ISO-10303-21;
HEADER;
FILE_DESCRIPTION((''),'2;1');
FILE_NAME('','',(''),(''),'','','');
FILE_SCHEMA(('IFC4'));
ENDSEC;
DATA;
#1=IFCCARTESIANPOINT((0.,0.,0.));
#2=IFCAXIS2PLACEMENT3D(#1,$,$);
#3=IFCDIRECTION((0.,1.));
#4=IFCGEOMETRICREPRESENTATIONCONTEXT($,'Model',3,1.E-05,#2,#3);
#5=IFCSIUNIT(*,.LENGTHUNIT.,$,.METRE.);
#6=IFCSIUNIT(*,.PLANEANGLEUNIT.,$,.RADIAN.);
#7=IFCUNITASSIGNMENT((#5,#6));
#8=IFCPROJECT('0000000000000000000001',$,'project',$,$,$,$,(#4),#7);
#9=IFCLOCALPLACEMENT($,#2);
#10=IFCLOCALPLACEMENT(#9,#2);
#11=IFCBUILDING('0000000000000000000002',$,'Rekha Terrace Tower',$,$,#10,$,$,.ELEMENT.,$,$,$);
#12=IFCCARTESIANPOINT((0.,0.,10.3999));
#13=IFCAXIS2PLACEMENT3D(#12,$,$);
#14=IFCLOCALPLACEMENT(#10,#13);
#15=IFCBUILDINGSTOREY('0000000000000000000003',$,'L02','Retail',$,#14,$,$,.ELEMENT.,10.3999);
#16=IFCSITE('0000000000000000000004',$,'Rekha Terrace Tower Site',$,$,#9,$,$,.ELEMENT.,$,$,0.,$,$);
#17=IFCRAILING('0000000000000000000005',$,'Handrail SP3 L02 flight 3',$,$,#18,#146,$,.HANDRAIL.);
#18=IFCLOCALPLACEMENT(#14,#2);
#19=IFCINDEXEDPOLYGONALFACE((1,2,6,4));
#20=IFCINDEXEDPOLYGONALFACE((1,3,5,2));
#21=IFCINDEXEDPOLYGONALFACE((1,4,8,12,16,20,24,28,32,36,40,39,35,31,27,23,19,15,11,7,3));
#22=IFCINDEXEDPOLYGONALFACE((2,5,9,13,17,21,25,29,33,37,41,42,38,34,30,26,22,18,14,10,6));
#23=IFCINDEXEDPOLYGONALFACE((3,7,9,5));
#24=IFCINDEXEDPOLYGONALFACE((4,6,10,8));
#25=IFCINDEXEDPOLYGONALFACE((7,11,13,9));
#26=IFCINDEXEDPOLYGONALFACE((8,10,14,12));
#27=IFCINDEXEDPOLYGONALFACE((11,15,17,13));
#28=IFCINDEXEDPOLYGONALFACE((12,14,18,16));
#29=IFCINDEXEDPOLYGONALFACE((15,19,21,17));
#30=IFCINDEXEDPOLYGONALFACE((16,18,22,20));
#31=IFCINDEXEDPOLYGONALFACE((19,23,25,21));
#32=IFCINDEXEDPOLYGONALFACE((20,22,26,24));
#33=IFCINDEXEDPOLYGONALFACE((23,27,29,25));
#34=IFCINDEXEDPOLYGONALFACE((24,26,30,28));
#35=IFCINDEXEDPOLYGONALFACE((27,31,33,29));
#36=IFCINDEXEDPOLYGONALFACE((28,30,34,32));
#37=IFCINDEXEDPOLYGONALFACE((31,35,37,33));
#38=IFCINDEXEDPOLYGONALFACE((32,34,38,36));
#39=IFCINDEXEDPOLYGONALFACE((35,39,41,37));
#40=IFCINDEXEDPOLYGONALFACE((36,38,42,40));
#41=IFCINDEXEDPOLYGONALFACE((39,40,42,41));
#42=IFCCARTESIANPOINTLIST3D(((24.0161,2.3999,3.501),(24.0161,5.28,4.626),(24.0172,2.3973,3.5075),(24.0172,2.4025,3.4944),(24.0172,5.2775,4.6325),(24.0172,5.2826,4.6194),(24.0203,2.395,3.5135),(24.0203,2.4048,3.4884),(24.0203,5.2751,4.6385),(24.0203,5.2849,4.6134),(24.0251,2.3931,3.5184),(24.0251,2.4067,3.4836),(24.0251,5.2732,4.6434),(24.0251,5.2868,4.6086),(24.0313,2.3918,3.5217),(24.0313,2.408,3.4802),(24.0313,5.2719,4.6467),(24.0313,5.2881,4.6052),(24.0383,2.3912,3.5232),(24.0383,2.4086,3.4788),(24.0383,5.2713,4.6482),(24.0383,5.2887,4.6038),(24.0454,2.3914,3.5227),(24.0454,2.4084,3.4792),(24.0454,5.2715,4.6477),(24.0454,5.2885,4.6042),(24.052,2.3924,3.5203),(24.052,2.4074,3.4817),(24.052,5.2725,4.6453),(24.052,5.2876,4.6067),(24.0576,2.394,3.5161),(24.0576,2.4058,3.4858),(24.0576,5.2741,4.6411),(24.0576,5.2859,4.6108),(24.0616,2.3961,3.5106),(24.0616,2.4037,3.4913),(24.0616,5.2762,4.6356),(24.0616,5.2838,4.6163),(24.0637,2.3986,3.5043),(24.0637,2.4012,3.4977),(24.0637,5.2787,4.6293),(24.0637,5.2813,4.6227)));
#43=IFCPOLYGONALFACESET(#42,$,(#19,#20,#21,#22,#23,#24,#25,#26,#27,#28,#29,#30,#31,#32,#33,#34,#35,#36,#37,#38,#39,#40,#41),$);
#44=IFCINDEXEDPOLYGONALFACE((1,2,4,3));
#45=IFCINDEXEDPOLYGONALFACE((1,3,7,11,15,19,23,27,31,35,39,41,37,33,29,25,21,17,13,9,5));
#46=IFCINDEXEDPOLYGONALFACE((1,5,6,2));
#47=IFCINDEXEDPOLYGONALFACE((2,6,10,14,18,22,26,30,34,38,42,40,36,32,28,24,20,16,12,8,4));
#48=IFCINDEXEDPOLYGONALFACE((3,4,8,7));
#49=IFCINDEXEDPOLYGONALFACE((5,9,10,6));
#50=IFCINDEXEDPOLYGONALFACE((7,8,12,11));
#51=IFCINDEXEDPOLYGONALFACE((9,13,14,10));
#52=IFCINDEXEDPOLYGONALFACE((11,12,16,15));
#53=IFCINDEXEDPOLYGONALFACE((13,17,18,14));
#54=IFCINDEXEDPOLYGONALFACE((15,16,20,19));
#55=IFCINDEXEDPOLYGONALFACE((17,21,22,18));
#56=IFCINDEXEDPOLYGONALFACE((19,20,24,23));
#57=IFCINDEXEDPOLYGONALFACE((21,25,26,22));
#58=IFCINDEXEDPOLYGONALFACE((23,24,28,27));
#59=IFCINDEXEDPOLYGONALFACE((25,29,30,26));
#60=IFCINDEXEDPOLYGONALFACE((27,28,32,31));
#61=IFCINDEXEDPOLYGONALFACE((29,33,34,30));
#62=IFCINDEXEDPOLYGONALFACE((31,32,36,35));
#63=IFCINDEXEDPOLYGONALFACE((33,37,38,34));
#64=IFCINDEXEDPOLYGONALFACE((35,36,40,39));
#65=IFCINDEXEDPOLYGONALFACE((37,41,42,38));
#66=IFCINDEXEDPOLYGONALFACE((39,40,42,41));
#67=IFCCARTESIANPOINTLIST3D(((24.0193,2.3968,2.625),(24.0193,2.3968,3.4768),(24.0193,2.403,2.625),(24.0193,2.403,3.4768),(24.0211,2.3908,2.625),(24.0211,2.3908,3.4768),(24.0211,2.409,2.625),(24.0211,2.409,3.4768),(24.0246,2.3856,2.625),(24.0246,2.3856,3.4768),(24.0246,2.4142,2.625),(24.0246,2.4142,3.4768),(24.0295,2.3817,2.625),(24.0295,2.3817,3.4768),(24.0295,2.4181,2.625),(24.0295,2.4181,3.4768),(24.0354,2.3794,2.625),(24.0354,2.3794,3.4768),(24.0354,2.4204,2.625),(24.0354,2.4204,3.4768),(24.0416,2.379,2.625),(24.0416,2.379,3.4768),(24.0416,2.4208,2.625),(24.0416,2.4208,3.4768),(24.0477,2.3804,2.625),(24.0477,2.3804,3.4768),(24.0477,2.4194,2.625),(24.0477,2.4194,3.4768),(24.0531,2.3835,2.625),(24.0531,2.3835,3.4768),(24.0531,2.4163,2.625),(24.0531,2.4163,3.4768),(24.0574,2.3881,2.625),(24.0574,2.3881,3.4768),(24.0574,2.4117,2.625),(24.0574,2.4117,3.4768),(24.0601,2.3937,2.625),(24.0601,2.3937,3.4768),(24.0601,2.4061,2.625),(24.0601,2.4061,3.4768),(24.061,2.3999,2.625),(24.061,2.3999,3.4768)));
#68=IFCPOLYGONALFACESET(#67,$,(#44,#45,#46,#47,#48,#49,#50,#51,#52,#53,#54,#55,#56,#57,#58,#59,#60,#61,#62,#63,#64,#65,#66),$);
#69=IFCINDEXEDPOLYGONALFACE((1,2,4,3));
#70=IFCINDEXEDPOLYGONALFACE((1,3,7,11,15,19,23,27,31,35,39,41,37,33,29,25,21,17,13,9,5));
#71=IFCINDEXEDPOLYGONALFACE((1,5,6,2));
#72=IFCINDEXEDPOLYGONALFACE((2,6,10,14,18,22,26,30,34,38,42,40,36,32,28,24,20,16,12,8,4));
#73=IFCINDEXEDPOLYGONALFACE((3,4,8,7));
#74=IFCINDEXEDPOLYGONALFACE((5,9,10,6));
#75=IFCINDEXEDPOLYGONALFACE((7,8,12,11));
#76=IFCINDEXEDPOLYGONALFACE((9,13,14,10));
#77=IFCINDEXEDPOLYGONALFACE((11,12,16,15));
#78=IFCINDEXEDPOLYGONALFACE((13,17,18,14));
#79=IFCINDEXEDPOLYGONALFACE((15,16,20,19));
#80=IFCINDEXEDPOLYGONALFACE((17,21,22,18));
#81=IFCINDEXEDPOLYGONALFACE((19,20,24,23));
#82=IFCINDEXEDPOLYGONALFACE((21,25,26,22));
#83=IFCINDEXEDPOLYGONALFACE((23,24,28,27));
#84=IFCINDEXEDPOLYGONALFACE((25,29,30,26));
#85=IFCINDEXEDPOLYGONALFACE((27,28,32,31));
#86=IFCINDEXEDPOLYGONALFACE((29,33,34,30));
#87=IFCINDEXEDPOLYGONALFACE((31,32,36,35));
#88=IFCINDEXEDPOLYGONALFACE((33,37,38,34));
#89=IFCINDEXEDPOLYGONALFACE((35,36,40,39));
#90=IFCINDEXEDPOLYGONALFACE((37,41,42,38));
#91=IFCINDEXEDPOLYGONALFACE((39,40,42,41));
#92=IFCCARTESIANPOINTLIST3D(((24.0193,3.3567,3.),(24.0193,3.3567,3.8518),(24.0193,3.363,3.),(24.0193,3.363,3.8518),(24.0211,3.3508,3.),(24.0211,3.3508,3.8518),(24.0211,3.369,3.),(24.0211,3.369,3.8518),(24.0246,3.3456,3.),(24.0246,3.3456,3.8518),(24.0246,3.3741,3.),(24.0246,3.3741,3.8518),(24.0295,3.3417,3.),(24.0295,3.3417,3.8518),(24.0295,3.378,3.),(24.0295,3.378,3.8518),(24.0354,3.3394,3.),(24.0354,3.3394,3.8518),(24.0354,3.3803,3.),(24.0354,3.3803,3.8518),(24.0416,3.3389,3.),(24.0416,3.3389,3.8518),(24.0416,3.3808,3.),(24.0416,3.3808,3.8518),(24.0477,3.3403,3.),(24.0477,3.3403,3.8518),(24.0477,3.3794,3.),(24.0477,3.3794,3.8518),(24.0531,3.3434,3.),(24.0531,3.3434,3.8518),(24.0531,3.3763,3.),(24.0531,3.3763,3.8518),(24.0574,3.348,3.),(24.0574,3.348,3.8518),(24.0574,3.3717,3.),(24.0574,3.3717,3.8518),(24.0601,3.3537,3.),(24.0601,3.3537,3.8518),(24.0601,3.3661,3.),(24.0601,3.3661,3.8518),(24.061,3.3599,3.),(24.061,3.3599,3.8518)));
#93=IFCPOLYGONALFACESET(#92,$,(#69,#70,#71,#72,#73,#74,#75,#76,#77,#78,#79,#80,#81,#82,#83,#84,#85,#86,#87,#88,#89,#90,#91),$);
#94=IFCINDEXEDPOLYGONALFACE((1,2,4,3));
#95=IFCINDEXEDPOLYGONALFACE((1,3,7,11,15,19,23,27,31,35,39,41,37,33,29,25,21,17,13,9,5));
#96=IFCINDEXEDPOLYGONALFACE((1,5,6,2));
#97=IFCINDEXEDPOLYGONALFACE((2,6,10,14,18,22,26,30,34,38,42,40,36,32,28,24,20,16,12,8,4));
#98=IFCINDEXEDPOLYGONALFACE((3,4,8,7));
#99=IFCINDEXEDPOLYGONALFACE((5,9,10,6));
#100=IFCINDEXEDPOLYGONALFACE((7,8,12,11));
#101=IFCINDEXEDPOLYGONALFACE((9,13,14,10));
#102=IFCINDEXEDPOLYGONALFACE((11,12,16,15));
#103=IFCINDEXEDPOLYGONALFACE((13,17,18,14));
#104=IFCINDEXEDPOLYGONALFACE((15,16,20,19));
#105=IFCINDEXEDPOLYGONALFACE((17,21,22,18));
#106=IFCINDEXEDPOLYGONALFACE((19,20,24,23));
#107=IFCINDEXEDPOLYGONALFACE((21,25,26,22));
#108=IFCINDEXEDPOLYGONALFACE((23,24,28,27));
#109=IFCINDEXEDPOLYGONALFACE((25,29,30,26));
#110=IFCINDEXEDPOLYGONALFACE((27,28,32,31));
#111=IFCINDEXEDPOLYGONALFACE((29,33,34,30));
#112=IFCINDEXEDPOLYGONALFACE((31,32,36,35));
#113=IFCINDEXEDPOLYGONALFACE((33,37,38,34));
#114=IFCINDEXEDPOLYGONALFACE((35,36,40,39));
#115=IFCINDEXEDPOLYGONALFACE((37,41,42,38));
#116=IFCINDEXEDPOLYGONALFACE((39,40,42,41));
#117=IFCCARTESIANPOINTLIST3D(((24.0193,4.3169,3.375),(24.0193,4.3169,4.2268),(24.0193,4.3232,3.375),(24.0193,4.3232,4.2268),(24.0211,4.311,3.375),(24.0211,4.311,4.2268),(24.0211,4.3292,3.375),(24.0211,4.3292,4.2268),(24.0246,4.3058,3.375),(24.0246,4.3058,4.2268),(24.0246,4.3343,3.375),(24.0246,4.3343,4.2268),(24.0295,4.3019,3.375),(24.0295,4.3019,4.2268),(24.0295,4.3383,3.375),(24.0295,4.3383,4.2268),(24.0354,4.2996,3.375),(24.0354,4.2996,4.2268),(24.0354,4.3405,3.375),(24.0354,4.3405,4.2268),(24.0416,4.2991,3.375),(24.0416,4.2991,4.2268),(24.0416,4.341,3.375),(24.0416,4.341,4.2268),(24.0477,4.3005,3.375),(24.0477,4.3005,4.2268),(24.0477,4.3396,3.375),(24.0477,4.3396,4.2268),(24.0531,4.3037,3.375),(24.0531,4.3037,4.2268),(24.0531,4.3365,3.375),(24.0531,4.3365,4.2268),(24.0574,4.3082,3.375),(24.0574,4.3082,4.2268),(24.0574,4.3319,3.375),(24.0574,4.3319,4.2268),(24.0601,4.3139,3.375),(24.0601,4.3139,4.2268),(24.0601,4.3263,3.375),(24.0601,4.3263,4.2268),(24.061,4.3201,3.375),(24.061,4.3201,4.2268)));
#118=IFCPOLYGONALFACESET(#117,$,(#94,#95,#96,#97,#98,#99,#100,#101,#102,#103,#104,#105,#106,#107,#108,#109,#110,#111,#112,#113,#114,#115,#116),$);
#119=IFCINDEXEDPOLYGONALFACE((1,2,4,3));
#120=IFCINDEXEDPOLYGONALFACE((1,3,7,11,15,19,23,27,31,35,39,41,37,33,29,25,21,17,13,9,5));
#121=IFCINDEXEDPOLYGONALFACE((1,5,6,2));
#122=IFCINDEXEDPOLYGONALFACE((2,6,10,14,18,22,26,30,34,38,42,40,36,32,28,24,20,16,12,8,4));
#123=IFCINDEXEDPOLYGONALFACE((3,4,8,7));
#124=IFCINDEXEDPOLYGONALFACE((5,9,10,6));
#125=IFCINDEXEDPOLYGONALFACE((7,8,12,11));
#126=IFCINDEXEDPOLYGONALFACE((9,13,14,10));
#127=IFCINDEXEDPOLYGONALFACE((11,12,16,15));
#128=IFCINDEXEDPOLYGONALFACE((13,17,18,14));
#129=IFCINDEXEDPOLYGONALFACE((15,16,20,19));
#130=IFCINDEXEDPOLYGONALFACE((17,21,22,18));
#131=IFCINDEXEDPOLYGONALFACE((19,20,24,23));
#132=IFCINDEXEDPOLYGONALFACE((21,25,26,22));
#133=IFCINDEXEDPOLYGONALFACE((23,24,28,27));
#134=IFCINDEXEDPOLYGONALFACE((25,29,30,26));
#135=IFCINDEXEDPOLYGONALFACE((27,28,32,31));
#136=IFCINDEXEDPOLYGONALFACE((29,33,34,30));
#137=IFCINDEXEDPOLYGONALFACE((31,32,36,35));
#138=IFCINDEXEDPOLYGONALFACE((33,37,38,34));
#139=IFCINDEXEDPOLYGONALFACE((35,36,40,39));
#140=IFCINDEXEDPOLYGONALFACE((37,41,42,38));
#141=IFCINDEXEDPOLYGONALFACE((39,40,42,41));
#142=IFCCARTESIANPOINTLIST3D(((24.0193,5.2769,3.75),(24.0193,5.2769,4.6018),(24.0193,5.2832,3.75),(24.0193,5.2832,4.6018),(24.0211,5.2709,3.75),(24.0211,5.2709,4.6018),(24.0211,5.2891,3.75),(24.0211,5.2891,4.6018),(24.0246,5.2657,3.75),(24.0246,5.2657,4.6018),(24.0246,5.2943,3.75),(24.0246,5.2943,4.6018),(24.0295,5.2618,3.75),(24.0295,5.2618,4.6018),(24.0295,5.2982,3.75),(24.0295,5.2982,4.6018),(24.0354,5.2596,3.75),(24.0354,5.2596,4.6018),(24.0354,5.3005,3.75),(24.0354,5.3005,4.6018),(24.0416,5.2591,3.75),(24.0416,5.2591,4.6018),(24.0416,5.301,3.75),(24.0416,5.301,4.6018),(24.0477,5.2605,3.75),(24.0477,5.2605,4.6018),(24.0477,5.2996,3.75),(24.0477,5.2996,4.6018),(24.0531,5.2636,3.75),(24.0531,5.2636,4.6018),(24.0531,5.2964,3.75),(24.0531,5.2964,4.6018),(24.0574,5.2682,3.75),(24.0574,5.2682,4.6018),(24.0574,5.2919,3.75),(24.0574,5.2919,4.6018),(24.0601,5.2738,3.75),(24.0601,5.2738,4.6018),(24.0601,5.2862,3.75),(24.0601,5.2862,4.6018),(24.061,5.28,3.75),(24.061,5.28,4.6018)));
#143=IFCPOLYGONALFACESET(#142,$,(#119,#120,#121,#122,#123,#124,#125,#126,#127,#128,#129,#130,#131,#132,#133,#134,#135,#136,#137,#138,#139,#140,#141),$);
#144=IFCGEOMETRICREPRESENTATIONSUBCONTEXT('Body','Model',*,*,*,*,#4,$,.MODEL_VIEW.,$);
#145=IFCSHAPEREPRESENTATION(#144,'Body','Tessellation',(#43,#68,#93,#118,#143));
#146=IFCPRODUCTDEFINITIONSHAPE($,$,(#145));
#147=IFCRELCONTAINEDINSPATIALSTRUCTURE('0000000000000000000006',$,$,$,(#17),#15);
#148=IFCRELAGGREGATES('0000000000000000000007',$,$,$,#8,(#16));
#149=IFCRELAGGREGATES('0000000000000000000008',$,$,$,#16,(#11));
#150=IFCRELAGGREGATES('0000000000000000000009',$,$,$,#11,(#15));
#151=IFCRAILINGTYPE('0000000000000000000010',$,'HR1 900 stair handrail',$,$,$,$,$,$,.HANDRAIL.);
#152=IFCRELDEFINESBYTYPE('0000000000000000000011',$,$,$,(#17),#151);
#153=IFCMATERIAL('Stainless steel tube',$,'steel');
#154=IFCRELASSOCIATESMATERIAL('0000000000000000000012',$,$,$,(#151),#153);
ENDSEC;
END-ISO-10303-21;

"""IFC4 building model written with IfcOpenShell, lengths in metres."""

from ifc_helpers import new_model, si_unit, direction, frame, origin, origin_2d, place, context, subcontext, project, spatial, circle, extrude, material, type_object, element, save


model = new_model("IFC4")

# Units and contexts
model_context = context("Model", 3, precision=1e-05, world=origin(), true_north=direction((0.0, 1.0)))
body_context = subcontext(model_context, "Body", "Model", "MODEL_VIEW")
ifc_project = project(units=[si_unit("LENGTHUNIT", "METRE"), si_unit("PLANEANGLEUNIT", "RADIAN")], contexts=[model_context])

# Site, building, storey
site_placement = place(None, origin())
site = spatial("IfcSite", under=ifc_project, at=site_placement, Name="Rekha Terrace Tower Site", CompositionType="ELEMENT", RefElevation=0.0)
building_placement = place(site_placement, origin())
building = spatial("IfcBuilding", under=site, at=building_placement, Name="Rekha Terrace Tower", CompositionType="ELEMENT")
storey_placement = place(building_placement, frame((0.0, 0.0, 10.3999)))
storey = spatial("IfcBuildingStorey", under=building, at=storey_placement, Name="L02", Description="Retail", CompositionType="ELEMENT", Elevation=10.3999)

# Railing
ifc_material_1 = material(Name="Stainless steel tube", Category="steel")
railing_type_1 = type_object("IfcRailingType", Name="HR1 900 stair handrail", PredefinedType="HANDRAIL", material=ifc_material_1)
railing_1_placement = place(storey_placement, frame((24.04, 2.3999, 2.625)))
element("IfcRailing", 1, at=railing_1_placement, inside=storey, type_object=railing_type_1, Name="Handrail SP3 L02 flight 3", PredefinedType="HANDRAIL", context=body_context, shape_type="SweptSolid", body=[
    extrude(circle(Radius=0.0239, at=origin_2d()), frame((0.0, 0.0, 0.876), z_axis=(0.0, 0.931463, 0.363837), x_axis=(-1.0, 0.0, 0.0)), (0.0, 0.0, 1.0), 3.092),
    extrude(circle(Radius=0.021, at=origin_2d()), origin(), (0.0, 0.0, 1.0), 0.8518),
    extrude(circle(Radius=0.021, at=origin_2d()), frame((0.0, 0.96, 0.375)), (0.0, 0.0, 1.0), 0.8518),
    extrude(circle(Radius=0.021, at=origin_2d()), frame((0.0, 1.9202, 0.75)), (0.0, 0.0, 1.0), 0.8518),
    extrude(circle(Radius=0.021, at=origin_2d()), frame((0.0, 2.8801, 1.125)), (0.0, 0.0, 1.0), 0.8518),
])

save(model, "model.ifc")
